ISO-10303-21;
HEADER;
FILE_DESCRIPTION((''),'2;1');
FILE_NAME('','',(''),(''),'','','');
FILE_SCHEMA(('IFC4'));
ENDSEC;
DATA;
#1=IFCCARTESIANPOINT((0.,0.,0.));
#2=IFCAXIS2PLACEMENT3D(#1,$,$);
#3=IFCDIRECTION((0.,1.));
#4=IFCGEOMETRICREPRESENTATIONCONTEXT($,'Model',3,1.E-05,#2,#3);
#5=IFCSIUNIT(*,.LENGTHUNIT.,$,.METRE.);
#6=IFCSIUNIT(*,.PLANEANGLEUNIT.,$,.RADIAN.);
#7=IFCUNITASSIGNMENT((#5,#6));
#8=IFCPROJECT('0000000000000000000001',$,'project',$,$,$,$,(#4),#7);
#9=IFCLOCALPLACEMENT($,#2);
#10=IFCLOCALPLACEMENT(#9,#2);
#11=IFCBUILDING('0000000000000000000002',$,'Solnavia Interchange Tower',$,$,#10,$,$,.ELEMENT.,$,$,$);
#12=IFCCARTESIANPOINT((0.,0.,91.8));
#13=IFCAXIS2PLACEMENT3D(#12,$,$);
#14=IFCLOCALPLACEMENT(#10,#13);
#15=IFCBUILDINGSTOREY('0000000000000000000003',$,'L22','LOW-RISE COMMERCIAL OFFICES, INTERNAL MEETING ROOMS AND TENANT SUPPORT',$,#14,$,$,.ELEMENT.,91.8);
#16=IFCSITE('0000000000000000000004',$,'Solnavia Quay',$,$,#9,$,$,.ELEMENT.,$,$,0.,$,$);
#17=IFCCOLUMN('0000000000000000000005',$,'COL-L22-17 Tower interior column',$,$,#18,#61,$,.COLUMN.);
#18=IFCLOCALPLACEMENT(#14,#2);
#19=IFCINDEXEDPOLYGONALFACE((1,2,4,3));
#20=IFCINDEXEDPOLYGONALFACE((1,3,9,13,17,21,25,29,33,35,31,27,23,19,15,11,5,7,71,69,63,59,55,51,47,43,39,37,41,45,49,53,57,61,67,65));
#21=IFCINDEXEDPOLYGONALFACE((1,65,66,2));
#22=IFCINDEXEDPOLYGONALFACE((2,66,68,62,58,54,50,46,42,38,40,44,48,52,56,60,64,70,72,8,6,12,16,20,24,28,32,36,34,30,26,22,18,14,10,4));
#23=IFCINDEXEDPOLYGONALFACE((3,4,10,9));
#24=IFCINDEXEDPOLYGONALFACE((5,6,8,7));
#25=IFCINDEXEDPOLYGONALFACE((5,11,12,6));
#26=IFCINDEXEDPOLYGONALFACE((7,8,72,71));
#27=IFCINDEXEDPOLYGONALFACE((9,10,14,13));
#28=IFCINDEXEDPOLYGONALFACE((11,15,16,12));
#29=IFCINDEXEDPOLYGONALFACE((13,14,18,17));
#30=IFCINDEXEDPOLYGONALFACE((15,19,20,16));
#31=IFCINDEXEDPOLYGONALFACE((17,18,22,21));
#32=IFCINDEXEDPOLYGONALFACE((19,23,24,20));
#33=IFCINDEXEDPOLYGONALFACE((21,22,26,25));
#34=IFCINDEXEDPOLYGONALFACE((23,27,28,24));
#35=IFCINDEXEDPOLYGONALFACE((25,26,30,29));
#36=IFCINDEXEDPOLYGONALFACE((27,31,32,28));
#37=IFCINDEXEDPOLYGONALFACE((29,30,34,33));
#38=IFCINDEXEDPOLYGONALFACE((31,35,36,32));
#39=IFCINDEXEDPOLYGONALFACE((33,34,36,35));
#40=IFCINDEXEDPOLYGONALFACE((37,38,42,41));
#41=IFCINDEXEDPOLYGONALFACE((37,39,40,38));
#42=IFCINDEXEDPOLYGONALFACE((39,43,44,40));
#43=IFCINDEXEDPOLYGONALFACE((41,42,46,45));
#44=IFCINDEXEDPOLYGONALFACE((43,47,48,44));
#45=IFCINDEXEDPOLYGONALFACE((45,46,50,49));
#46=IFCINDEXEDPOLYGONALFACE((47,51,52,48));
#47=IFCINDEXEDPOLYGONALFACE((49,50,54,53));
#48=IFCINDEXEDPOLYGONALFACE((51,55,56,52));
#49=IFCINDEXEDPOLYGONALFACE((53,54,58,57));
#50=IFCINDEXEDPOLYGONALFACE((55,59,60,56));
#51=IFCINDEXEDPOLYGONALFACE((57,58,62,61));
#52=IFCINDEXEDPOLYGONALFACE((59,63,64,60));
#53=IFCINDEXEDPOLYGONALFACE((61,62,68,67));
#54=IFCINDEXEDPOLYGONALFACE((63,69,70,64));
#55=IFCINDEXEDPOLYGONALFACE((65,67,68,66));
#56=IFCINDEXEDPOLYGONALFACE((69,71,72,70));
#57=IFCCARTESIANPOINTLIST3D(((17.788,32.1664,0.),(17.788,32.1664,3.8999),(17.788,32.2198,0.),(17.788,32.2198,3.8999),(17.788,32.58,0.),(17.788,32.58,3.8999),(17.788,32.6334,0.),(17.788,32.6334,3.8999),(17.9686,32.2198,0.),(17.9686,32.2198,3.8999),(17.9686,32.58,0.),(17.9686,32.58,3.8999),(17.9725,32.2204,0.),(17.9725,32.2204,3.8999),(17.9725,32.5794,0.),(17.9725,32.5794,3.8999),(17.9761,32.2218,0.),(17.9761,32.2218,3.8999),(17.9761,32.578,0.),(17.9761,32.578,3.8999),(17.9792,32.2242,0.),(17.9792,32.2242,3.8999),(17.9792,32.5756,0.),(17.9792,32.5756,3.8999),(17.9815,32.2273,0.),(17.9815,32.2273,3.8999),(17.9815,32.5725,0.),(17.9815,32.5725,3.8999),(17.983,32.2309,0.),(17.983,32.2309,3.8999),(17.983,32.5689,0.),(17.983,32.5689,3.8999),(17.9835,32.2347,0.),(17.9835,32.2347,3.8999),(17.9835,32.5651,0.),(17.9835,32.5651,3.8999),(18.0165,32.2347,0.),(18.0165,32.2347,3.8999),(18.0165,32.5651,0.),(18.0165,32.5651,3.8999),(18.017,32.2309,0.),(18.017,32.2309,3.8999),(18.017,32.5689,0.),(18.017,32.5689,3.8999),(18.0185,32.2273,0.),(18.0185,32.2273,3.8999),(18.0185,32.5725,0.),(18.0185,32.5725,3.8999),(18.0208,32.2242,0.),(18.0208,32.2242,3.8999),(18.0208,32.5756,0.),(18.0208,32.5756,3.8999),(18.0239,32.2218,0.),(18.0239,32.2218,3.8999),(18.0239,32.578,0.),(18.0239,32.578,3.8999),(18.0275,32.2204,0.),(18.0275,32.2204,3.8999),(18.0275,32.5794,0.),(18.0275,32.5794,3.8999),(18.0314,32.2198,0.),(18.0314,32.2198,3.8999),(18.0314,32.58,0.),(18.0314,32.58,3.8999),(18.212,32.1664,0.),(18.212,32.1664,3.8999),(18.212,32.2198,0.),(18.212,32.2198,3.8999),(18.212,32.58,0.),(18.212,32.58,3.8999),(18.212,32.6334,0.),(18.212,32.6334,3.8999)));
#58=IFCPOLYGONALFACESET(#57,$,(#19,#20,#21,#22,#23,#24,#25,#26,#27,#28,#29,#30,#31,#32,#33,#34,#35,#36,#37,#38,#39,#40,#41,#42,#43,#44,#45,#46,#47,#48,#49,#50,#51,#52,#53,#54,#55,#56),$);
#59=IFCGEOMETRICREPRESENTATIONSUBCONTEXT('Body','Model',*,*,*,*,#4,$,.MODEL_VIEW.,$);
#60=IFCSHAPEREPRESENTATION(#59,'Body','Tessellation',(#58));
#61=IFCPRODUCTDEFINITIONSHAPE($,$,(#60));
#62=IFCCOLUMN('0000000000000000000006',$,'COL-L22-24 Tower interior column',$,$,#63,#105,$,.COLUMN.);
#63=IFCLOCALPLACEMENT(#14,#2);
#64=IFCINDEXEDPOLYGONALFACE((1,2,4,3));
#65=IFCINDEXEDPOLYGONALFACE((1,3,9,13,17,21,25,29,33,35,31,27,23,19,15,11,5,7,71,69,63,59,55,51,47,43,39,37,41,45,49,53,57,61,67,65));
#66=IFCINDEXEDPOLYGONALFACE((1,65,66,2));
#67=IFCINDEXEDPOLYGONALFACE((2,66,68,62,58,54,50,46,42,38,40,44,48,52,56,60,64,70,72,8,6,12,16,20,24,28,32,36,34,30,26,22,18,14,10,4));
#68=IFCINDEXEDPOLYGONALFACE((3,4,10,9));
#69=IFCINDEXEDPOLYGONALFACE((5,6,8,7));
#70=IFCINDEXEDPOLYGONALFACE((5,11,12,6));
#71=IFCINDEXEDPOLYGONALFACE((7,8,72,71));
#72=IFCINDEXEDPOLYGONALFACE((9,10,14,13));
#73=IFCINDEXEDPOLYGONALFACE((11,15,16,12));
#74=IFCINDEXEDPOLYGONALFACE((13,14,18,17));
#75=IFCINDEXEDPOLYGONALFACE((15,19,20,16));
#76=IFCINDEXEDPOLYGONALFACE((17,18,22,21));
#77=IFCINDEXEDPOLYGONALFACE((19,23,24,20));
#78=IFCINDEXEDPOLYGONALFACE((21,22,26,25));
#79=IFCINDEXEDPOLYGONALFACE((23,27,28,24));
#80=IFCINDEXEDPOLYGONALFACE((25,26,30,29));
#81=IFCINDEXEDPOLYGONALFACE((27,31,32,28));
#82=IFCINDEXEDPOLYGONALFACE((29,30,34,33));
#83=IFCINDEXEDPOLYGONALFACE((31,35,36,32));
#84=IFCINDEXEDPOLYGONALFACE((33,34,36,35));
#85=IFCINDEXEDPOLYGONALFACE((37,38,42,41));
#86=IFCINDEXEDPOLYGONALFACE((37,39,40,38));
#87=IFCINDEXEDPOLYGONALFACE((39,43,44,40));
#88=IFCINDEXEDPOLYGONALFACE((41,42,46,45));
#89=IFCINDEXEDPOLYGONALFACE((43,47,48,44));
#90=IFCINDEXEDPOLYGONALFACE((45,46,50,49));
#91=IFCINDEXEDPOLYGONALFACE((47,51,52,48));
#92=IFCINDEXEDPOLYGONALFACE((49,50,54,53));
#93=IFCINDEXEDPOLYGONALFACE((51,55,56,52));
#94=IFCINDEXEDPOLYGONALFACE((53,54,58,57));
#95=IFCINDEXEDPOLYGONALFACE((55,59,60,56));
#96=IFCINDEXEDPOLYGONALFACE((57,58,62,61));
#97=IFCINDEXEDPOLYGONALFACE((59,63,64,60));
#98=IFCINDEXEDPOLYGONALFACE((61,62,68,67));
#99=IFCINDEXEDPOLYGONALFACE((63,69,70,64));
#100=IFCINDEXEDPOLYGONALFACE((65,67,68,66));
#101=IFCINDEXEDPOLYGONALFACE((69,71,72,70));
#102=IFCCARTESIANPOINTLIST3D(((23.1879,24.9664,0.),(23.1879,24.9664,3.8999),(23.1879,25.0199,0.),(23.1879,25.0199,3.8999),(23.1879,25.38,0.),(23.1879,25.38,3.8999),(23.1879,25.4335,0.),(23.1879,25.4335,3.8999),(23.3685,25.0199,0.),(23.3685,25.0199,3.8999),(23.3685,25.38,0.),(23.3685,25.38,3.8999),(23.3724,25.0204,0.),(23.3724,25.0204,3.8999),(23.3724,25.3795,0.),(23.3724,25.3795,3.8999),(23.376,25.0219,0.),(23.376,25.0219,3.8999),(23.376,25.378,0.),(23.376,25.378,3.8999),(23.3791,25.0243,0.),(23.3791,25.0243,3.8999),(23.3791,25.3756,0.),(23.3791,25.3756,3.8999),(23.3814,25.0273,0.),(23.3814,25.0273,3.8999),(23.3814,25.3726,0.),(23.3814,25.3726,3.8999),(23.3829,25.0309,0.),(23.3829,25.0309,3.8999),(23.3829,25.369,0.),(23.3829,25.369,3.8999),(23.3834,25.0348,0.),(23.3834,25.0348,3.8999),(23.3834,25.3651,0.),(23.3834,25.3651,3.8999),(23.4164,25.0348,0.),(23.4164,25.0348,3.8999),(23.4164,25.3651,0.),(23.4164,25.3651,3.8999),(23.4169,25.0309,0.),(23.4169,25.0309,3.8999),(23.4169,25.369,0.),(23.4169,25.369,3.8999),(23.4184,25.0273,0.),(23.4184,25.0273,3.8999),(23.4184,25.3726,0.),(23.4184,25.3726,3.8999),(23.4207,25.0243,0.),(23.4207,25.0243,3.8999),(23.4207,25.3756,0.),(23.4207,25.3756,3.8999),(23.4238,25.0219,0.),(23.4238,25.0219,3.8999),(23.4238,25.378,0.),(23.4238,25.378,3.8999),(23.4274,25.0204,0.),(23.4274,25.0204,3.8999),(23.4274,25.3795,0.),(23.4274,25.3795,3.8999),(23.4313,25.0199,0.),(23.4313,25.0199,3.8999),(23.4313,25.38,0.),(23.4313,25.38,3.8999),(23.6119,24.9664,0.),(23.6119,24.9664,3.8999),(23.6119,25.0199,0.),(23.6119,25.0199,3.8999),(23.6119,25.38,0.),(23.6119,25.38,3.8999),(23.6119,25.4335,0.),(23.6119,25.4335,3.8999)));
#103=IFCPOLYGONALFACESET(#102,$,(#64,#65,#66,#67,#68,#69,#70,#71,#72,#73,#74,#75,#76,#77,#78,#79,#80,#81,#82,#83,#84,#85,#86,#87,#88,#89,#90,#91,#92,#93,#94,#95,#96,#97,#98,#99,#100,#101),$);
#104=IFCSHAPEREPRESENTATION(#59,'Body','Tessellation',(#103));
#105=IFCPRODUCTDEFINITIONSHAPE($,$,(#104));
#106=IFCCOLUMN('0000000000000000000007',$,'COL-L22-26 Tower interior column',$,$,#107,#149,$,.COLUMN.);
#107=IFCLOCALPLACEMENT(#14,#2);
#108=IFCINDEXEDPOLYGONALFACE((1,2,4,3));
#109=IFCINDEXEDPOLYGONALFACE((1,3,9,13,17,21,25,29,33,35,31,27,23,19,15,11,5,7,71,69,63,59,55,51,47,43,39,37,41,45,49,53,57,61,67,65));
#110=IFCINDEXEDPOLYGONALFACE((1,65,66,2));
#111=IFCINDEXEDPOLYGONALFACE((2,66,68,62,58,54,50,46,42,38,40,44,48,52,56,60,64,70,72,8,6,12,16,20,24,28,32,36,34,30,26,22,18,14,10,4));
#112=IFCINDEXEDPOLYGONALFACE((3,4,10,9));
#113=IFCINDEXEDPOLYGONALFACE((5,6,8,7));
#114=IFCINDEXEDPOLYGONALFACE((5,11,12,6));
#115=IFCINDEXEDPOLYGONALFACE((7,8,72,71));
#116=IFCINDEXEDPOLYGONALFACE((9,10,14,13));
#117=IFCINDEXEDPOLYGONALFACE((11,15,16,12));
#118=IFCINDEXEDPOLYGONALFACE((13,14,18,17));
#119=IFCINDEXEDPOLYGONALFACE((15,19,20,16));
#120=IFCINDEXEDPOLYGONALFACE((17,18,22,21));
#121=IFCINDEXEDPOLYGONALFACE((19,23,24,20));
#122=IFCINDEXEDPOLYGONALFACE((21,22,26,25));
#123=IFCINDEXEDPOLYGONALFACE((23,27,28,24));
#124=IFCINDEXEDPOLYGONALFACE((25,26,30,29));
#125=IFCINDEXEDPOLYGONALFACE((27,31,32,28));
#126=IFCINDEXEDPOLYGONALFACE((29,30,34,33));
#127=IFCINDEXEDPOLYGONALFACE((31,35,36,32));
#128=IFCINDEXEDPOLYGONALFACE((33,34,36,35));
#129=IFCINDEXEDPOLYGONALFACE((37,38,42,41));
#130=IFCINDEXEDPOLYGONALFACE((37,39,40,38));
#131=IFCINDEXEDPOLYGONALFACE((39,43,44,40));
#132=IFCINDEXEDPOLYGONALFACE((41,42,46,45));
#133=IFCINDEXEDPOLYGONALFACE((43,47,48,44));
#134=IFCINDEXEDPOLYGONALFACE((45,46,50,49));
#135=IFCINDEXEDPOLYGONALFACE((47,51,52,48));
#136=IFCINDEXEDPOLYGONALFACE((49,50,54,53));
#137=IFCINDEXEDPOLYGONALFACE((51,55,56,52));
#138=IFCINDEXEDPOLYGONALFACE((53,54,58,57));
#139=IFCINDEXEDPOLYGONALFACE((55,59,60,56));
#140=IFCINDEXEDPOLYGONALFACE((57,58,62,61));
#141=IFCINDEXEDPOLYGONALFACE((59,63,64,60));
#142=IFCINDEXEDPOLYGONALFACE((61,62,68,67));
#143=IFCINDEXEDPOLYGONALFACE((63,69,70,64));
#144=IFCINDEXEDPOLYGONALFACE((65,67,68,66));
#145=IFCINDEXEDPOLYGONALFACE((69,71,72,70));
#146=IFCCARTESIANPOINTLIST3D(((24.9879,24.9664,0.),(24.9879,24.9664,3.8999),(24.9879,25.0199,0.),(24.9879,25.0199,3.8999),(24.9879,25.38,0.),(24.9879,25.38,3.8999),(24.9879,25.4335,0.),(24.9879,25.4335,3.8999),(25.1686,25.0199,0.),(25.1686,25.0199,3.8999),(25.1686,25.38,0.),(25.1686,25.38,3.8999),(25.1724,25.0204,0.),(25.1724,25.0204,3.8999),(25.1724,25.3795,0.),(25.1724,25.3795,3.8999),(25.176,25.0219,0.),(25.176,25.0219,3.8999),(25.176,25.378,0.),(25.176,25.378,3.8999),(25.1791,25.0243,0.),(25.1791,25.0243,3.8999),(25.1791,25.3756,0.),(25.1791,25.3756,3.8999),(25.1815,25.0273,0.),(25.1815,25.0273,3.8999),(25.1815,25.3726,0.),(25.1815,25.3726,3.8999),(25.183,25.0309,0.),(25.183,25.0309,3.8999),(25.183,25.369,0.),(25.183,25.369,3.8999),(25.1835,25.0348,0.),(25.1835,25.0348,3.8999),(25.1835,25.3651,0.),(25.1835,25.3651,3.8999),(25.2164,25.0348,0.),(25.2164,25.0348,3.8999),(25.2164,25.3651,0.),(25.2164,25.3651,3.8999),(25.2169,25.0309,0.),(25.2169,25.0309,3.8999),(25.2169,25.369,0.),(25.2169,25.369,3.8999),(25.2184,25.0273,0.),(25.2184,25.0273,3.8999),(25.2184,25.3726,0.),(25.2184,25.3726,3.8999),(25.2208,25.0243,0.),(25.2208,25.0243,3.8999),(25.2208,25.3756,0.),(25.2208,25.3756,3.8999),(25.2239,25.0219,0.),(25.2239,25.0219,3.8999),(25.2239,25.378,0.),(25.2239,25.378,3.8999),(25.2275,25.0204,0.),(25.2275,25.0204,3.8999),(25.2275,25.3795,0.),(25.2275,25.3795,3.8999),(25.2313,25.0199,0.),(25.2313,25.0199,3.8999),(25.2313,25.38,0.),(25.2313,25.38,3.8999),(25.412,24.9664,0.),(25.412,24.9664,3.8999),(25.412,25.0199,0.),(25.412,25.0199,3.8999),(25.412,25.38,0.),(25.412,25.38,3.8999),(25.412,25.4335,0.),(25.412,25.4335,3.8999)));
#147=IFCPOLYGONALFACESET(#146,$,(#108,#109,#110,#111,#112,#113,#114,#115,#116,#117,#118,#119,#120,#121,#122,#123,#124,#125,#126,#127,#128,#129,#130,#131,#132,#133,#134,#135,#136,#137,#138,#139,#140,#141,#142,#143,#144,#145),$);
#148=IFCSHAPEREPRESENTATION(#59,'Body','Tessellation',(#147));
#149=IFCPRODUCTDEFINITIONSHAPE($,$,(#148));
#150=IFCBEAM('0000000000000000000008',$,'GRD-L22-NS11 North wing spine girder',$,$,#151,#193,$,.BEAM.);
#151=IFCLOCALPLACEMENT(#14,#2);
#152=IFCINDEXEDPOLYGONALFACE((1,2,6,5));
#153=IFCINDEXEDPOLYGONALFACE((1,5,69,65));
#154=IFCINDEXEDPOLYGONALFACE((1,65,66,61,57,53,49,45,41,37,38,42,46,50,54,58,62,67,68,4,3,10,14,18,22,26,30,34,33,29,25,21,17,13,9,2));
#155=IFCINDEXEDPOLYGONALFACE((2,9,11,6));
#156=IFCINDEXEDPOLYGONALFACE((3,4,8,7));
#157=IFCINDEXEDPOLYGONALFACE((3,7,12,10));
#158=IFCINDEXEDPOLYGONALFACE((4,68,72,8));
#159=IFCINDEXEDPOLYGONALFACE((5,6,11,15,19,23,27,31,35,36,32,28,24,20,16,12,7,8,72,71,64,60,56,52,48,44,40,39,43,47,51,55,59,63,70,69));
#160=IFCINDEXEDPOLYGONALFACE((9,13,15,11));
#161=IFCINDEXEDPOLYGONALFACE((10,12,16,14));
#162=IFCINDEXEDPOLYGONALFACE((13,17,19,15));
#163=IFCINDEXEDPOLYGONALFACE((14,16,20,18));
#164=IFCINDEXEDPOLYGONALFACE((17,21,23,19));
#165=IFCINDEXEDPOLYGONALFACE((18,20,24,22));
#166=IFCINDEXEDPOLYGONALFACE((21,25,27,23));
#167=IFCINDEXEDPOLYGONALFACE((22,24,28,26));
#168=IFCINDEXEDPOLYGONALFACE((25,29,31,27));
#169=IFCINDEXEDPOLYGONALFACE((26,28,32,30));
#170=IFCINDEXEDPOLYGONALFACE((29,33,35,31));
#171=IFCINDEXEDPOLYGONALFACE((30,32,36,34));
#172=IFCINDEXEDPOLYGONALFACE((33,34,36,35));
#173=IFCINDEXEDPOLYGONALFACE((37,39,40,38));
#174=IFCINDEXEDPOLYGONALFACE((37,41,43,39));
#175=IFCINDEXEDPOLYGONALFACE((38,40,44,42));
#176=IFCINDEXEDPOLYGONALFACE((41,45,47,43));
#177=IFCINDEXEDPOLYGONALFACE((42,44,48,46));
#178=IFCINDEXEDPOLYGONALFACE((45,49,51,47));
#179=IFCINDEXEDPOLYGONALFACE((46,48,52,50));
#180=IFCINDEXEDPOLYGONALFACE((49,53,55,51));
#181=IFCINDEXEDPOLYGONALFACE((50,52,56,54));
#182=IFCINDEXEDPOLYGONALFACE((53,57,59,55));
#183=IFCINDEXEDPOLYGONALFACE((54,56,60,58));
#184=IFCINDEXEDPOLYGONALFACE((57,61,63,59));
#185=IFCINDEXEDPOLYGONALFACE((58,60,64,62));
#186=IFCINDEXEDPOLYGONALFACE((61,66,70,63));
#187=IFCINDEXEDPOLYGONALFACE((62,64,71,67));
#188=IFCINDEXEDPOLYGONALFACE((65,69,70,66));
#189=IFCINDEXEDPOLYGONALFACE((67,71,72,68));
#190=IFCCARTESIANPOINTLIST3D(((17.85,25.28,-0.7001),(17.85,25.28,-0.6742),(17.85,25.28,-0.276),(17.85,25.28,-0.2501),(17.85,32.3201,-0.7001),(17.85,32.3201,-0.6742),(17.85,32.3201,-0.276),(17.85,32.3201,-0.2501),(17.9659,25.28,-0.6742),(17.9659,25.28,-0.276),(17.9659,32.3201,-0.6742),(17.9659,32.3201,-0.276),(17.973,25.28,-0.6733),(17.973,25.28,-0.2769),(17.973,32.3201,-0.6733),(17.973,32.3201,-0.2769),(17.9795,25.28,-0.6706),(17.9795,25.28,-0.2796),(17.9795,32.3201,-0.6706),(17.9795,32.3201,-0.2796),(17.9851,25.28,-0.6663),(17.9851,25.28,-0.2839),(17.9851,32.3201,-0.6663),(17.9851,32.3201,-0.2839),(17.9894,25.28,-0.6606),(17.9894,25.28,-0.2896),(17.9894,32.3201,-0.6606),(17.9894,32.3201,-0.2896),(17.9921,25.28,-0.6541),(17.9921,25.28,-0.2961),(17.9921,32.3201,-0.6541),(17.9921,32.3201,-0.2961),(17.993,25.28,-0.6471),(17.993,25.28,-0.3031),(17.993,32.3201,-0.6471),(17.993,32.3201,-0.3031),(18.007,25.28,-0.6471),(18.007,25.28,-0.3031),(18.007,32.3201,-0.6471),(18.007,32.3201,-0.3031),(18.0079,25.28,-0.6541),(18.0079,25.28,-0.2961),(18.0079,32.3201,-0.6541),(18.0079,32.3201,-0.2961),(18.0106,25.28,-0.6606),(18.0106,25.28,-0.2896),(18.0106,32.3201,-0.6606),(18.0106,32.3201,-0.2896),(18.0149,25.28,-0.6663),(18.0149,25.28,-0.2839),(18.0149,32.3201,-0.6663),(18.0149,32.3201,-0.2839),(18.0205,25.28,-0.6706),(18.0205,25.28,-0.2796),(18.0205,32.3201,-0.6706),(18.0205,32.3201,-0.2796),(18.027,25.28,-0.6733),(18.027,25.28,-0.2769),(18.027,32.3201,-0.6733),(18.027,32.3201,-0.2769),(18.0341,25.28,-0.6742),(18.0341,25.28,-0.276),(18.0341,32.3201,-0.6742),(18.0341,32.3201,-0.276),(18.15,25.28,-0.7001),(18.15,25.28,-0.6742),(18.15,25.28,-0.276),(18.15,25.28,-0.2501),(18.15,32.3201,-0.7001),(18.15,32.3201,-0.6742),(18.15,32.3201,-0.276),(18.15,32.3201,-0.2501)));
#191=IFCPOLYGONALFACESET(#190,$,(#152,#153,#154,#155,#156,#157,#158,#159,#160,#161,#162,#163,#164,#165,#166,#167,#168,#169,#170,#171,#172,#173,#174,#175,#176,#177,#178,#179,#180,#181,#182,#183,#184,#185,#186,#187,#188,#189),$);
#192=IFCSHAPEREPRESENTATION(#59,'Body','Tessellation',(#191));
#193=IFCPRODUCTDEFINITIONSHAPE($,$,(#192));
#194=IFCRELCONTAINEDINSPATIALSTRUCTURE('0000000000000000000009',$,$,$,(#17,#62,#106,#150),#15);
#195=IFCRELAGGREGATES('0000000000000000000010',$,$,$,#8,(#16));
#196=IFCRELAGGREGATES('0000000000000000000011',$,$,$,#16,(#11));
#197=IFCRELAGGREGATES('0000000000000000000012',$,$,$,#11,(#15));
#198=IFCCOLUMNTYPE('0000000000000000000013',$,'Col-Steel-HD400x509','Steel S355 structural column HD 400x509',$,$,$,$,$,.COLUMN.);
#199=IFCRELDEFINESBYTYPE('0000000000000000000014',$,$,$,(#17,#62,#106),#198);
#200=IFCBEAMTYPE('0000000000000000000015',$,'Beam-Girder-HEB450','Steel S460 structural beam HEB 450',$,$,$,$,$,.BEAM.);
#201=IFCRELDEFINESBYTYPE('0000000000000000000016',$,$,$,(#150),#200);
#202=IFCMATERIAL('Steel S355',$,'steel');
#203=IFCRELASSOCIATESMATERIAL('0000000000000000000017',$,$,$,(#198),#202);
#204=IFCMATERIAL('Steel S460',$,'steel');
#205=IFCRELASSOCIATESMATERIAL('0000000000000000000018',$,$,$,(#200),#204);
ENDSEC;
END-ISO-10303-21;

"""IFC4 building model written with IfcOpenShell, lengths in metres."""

from ifc_helpers import new_model, si_unit, direction, frame, origin, origin_2d, place, context, subcontext, project, spatial, i_section, extrude, material, material_profile, profile_set, type_object, element, save


model = new_model("IFC4")

# Units and contexts
model_context = context("Model", 3, precision=1e-05, world=origin(), true_north=direction((0.0, 1.0)))
body_context = subcontext(model_context, "Body", "Model", "MODEL_VIEW")
ifc_project = project(units=[si_unit("LENGTHUNIT", "METRE"), si_unit("PLANEANGLEUNIT", "RADIAN")], contexts=[model_context])

# Site, building, storey
site_placement = place(None, origin())
site = spatial("IfcSite", under=ifc_project, at=site_placement, Name="Solnavia Quay", CompositionType="ELEMENT", RefElevation=0.0)
building_placement = place(site_placement, origin())
building = spatial("IfcBuilding", under=site, at=building_placement, Name="Solnavia Interchange Tower", CompositionType="ELEMENT")
storey_placement = place(building_placement, frame((0.0, 0.0, 91.8)))
storey = spatial("IfcBuildingStorey", under=building, at=storey_placement, Name="L22", Description="LOW-RISE COMMERCIAL OFFICES, INTERNAL MEETING ROOMS AND TENANT SUPPORT", CompositionType="ELEMENT", Elevation=91.8)

# Columns
ifc_material_1 = material(Name="Steel S355", Category="steel")
ifc_material_profile_1 = material_profile(ifc_material_1, i_section(OverallWidth=0.4241, OverallDepth=0.467, WebThickness=0.033, FlangeThickness=0.0535, FilletRadius=0.0149, at=origin_2d()), Name="HD 400x509")
ifc_profile_set_1 = profile_set([ifc_material_profile_1], Name="Steel S355")
column_type = type_object("IfcColumnType", Name="Col-Steel-HD400x509", Description="Steel S355 structural column HD 400x509", PredefinedType="COLUMN", material=ifc_profile_set_1)
for number, where, z_axis, x_axis, name in (
    (1, (18.0, 32.3999, 0.0), (0.0, 0.0, 1.0), (1.0, 0.0, 0.0), "COL-L22-17 Tower interior column"),
    (2, (23.3999, 25.2, 0.0), (0.0, 0.0, 1.0), (1.0, 0.0, 0.0), "COL-L22-24 Tower interior column"),
    (3, (25.2, 25.2, 0.0), (0.0, 0.0, 1.0), (1.0, 0.0, 0.0), "COL-L22-26 Tower interior column"),
):
    element("IfcColumn", number, at=place(storey_placement, frame(where, z_axis=z_axis, x_axis=x_axis)), inside=storey, type_object=column_type, Name=name, PredefinedType="COLUMN", context=body_context, shape_type="SweptSolid", body=[
        extrude(i_section(OverallWidth=0.4241, OverallDepth=0.467, WebThickness=0.033, FlangeThickness=0.0535, FilletRadius=0.0149, at=origin_2d()), origin(), (0.0, 0.0, 1.0), 3.8999),
    ])

# Beam
ifc_material_2 = material(Name="Steel S460", Category="steel")
ifc_material_profile_2 = material_profile(ifc_material_2, i_section(OverallWidth=0.3, OverallDepth=0.45, WebThickness=0.0139, FlangeThickness=0.0259, FilletRadius=0.0271, at=origin_2d()), Name="HEB 450")
ifc_profile_set_2 = profile_set([ifc_material_profile_2], Name="Steel S460")
beam_type_1 = type_object("IfcBeamType", Name="Beam-Girder-HEB450", Description="Steel S460 structural beam HEB 450", PredefinedType="BEAM", material=ifc_profile_set_2)
for number, where, z_axis, x_axis, name in (
    (4, (18.0, 25.28, -0.4751), (0.0, 1.0, 0.0), (-1.0, 0.0, 0.0), "GRD-L22-NS11 North wing spine girder"),
):
    element("IfcBeam", number, at=place(storey_placement, frame(where, z_axis=z_axis, x_axis=x_axis)), inside=storey, type_object=beam_type_1, Name=name, PredefinedType="BEAM", context=body_context, shape_type="SweptSolid", body=[
        extrude(i_section(OverallWidth=0.3, OverallDepth=0.45, WebThickness=0.0139, FlangeThickness=0.0259, FilletRadius=0.0271, at=origin_2d()), origin(), (0.0, 0.0, 1.0), 7.04),
    ])

save(model, "model.ifc")
